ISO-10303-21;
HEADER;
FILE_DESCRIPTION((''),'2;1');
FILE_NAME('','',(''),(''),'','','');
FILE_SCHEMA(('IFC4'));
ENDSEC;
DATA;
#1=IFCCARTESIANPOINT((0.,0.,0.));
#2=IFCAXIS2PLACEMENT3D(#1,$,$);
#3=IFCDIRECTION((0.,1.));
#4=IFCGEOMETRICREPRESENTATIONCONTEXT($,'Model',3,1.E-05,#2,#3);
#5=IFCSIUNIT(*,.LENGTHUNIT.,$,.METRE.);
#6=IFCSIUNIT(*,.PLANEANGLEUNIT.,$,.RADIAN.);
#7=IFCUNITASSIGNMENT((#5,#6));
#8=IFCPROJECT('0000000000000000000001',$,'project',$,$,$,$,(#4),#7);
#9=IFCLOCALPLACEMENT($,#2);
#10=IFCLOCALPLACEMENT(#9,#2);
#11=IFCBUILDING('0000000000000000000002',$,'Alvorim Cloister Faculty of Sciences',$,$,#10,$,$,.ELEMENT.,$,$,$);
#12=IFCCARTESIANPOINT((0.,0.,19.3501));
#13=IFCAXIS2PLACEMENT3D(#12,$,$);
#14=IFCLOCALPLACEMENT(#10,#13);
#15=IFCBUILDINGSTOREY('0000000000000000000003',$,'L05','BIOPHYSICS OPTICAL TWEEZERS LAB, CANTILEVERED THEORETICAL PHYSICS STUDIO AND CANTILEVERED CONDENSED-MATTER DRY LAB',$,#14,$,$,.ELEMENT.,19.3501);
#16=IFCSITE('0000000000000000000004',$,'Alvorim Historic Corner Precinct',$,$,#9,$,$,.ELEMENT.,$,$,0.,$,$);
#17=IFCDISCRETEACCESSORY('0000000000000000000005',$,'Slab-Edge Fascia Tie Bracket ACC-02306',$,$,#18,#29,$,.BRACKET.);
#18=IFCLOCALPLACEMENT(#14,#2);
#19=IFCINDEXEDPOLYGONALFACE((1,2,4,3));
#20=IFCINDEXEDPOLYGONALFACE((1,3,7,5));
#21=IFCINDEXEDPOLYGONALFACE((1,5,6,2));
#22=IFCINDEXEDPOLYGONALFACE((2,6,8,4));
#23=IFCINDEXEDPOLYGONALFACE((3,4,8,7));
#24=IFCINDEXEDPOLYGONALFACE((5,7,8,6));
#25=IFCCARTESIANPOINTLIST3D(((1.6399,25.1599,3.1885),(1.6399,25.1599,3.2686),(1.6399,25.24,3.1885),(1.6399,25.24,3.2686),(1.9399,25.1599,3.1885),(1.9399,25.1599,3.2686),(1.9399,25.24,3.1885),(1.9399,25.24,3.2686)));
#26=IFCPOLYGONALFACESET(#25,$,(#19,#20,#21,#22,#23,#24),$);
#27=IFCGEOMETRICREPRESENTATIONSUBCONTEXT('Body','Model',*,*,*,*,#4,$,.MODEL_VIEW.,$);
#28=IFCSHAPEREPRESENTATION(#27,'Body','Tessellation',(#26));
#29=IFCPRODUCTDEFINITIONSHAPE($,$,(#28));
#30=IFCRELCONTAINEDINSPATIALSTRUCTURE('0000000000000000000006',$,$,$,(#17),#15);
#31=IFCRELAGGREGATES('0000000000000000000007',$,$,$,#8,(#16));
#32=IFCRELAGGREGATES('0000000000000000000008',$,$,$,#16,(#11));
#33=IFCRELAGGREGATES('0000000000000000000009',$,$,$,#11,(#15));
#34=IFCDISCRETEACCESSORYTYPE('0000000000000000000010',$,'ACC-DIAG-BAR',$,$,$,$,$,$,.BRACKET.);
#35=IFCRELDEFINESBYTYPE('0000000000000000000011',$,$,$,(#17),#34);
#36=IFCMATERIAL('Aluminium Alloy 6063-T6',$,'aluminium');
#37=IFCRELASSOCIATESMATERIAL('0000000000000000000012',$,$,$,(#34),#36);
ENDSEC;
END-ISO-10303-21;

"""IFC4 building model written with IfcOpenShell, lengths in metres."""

from ifc_helpers import new_model, si_unit, direction, frame, origin, origin_2d, place, context, subcontext, project, spatial, rectangle, extrude, material, type_object, element, save


model = new_model("IFC4")

# Units and contexts
model_context = context("Model", 3, precision=1e-05, world=origin(), true_north=direction((0.0, 1.0)))
body_context = subcontext(model_context, "Body", "Model", "MODEL_VIEW")
ifc_project = project(units=[si_unit("LENGTHUNIT", "METRE"), si_unit("PLANEANGLEUNIT", "RADIAN")], contexts=[model_context])

# Site, building, storey
site_placement = place(None, origin())
site = spatial("IfcSite", under=ifc_project, at=site_placement, Name="Alvorim Historic Corner Precinct", CompositionType="ELEMENT", RefElevation=0.0)
building_placement = place(site_placement, origin())
building = spatial("IfcBuilding", under=site, at=building_placement, Name="Alvorim Cloister Faculty of Sciences", CompositionType="ELEMENT")
storey_placement = place(building_placement, frame((0.0, 0.0, 19.3501)))
storey = spatial("IfcBuildingStorey", under=building, at=storey_placement, Name="L05", Description="BIOPHYSICS OPTICAL TWEEZERS LAB, CANTILEVERED THEORETICAL PHYSICS STUDIO AND CANTILEVERED CONDENSED-MATTER DRY LAB", CompositionType="ELEMENT", Elevation=19.3501)

# Discrete accessory
ifc_material_1 = material(Name="Aluminium Alloy 6063-T6", Category="aluminium")
discrete_accessory_type = type_object("IfcDiscreteAccessoryType", Name="ACC-DIAG-BAR", PredefinedType="BRACKET", material=ifc_material_1)
discrete_accessory_placement = place(storey_placement, frame((1.9399, 25.2, 3.2285), z_axis=(-1.0, 0.0, 0.0), x_axis=(0.0, -1.0, 0.0)))
element("IfcDiscreteAccessory", 1, at=discrete_accessory_placement, inside=storey, type_object=discrete_accessory_type, Name="Slab-Edge Fascia Tie Bracket ACC-02306", PredefinedType="BRACKET", context=body_context, shape_type="SweptSolid", body=[
    extrude(rectangle(XDim=0.0801, YDim=0.0801, at=origin_2d()), origin(), (0.0, 0.0, 1.0), 0.3),
])

save(model, "model.ifc")
